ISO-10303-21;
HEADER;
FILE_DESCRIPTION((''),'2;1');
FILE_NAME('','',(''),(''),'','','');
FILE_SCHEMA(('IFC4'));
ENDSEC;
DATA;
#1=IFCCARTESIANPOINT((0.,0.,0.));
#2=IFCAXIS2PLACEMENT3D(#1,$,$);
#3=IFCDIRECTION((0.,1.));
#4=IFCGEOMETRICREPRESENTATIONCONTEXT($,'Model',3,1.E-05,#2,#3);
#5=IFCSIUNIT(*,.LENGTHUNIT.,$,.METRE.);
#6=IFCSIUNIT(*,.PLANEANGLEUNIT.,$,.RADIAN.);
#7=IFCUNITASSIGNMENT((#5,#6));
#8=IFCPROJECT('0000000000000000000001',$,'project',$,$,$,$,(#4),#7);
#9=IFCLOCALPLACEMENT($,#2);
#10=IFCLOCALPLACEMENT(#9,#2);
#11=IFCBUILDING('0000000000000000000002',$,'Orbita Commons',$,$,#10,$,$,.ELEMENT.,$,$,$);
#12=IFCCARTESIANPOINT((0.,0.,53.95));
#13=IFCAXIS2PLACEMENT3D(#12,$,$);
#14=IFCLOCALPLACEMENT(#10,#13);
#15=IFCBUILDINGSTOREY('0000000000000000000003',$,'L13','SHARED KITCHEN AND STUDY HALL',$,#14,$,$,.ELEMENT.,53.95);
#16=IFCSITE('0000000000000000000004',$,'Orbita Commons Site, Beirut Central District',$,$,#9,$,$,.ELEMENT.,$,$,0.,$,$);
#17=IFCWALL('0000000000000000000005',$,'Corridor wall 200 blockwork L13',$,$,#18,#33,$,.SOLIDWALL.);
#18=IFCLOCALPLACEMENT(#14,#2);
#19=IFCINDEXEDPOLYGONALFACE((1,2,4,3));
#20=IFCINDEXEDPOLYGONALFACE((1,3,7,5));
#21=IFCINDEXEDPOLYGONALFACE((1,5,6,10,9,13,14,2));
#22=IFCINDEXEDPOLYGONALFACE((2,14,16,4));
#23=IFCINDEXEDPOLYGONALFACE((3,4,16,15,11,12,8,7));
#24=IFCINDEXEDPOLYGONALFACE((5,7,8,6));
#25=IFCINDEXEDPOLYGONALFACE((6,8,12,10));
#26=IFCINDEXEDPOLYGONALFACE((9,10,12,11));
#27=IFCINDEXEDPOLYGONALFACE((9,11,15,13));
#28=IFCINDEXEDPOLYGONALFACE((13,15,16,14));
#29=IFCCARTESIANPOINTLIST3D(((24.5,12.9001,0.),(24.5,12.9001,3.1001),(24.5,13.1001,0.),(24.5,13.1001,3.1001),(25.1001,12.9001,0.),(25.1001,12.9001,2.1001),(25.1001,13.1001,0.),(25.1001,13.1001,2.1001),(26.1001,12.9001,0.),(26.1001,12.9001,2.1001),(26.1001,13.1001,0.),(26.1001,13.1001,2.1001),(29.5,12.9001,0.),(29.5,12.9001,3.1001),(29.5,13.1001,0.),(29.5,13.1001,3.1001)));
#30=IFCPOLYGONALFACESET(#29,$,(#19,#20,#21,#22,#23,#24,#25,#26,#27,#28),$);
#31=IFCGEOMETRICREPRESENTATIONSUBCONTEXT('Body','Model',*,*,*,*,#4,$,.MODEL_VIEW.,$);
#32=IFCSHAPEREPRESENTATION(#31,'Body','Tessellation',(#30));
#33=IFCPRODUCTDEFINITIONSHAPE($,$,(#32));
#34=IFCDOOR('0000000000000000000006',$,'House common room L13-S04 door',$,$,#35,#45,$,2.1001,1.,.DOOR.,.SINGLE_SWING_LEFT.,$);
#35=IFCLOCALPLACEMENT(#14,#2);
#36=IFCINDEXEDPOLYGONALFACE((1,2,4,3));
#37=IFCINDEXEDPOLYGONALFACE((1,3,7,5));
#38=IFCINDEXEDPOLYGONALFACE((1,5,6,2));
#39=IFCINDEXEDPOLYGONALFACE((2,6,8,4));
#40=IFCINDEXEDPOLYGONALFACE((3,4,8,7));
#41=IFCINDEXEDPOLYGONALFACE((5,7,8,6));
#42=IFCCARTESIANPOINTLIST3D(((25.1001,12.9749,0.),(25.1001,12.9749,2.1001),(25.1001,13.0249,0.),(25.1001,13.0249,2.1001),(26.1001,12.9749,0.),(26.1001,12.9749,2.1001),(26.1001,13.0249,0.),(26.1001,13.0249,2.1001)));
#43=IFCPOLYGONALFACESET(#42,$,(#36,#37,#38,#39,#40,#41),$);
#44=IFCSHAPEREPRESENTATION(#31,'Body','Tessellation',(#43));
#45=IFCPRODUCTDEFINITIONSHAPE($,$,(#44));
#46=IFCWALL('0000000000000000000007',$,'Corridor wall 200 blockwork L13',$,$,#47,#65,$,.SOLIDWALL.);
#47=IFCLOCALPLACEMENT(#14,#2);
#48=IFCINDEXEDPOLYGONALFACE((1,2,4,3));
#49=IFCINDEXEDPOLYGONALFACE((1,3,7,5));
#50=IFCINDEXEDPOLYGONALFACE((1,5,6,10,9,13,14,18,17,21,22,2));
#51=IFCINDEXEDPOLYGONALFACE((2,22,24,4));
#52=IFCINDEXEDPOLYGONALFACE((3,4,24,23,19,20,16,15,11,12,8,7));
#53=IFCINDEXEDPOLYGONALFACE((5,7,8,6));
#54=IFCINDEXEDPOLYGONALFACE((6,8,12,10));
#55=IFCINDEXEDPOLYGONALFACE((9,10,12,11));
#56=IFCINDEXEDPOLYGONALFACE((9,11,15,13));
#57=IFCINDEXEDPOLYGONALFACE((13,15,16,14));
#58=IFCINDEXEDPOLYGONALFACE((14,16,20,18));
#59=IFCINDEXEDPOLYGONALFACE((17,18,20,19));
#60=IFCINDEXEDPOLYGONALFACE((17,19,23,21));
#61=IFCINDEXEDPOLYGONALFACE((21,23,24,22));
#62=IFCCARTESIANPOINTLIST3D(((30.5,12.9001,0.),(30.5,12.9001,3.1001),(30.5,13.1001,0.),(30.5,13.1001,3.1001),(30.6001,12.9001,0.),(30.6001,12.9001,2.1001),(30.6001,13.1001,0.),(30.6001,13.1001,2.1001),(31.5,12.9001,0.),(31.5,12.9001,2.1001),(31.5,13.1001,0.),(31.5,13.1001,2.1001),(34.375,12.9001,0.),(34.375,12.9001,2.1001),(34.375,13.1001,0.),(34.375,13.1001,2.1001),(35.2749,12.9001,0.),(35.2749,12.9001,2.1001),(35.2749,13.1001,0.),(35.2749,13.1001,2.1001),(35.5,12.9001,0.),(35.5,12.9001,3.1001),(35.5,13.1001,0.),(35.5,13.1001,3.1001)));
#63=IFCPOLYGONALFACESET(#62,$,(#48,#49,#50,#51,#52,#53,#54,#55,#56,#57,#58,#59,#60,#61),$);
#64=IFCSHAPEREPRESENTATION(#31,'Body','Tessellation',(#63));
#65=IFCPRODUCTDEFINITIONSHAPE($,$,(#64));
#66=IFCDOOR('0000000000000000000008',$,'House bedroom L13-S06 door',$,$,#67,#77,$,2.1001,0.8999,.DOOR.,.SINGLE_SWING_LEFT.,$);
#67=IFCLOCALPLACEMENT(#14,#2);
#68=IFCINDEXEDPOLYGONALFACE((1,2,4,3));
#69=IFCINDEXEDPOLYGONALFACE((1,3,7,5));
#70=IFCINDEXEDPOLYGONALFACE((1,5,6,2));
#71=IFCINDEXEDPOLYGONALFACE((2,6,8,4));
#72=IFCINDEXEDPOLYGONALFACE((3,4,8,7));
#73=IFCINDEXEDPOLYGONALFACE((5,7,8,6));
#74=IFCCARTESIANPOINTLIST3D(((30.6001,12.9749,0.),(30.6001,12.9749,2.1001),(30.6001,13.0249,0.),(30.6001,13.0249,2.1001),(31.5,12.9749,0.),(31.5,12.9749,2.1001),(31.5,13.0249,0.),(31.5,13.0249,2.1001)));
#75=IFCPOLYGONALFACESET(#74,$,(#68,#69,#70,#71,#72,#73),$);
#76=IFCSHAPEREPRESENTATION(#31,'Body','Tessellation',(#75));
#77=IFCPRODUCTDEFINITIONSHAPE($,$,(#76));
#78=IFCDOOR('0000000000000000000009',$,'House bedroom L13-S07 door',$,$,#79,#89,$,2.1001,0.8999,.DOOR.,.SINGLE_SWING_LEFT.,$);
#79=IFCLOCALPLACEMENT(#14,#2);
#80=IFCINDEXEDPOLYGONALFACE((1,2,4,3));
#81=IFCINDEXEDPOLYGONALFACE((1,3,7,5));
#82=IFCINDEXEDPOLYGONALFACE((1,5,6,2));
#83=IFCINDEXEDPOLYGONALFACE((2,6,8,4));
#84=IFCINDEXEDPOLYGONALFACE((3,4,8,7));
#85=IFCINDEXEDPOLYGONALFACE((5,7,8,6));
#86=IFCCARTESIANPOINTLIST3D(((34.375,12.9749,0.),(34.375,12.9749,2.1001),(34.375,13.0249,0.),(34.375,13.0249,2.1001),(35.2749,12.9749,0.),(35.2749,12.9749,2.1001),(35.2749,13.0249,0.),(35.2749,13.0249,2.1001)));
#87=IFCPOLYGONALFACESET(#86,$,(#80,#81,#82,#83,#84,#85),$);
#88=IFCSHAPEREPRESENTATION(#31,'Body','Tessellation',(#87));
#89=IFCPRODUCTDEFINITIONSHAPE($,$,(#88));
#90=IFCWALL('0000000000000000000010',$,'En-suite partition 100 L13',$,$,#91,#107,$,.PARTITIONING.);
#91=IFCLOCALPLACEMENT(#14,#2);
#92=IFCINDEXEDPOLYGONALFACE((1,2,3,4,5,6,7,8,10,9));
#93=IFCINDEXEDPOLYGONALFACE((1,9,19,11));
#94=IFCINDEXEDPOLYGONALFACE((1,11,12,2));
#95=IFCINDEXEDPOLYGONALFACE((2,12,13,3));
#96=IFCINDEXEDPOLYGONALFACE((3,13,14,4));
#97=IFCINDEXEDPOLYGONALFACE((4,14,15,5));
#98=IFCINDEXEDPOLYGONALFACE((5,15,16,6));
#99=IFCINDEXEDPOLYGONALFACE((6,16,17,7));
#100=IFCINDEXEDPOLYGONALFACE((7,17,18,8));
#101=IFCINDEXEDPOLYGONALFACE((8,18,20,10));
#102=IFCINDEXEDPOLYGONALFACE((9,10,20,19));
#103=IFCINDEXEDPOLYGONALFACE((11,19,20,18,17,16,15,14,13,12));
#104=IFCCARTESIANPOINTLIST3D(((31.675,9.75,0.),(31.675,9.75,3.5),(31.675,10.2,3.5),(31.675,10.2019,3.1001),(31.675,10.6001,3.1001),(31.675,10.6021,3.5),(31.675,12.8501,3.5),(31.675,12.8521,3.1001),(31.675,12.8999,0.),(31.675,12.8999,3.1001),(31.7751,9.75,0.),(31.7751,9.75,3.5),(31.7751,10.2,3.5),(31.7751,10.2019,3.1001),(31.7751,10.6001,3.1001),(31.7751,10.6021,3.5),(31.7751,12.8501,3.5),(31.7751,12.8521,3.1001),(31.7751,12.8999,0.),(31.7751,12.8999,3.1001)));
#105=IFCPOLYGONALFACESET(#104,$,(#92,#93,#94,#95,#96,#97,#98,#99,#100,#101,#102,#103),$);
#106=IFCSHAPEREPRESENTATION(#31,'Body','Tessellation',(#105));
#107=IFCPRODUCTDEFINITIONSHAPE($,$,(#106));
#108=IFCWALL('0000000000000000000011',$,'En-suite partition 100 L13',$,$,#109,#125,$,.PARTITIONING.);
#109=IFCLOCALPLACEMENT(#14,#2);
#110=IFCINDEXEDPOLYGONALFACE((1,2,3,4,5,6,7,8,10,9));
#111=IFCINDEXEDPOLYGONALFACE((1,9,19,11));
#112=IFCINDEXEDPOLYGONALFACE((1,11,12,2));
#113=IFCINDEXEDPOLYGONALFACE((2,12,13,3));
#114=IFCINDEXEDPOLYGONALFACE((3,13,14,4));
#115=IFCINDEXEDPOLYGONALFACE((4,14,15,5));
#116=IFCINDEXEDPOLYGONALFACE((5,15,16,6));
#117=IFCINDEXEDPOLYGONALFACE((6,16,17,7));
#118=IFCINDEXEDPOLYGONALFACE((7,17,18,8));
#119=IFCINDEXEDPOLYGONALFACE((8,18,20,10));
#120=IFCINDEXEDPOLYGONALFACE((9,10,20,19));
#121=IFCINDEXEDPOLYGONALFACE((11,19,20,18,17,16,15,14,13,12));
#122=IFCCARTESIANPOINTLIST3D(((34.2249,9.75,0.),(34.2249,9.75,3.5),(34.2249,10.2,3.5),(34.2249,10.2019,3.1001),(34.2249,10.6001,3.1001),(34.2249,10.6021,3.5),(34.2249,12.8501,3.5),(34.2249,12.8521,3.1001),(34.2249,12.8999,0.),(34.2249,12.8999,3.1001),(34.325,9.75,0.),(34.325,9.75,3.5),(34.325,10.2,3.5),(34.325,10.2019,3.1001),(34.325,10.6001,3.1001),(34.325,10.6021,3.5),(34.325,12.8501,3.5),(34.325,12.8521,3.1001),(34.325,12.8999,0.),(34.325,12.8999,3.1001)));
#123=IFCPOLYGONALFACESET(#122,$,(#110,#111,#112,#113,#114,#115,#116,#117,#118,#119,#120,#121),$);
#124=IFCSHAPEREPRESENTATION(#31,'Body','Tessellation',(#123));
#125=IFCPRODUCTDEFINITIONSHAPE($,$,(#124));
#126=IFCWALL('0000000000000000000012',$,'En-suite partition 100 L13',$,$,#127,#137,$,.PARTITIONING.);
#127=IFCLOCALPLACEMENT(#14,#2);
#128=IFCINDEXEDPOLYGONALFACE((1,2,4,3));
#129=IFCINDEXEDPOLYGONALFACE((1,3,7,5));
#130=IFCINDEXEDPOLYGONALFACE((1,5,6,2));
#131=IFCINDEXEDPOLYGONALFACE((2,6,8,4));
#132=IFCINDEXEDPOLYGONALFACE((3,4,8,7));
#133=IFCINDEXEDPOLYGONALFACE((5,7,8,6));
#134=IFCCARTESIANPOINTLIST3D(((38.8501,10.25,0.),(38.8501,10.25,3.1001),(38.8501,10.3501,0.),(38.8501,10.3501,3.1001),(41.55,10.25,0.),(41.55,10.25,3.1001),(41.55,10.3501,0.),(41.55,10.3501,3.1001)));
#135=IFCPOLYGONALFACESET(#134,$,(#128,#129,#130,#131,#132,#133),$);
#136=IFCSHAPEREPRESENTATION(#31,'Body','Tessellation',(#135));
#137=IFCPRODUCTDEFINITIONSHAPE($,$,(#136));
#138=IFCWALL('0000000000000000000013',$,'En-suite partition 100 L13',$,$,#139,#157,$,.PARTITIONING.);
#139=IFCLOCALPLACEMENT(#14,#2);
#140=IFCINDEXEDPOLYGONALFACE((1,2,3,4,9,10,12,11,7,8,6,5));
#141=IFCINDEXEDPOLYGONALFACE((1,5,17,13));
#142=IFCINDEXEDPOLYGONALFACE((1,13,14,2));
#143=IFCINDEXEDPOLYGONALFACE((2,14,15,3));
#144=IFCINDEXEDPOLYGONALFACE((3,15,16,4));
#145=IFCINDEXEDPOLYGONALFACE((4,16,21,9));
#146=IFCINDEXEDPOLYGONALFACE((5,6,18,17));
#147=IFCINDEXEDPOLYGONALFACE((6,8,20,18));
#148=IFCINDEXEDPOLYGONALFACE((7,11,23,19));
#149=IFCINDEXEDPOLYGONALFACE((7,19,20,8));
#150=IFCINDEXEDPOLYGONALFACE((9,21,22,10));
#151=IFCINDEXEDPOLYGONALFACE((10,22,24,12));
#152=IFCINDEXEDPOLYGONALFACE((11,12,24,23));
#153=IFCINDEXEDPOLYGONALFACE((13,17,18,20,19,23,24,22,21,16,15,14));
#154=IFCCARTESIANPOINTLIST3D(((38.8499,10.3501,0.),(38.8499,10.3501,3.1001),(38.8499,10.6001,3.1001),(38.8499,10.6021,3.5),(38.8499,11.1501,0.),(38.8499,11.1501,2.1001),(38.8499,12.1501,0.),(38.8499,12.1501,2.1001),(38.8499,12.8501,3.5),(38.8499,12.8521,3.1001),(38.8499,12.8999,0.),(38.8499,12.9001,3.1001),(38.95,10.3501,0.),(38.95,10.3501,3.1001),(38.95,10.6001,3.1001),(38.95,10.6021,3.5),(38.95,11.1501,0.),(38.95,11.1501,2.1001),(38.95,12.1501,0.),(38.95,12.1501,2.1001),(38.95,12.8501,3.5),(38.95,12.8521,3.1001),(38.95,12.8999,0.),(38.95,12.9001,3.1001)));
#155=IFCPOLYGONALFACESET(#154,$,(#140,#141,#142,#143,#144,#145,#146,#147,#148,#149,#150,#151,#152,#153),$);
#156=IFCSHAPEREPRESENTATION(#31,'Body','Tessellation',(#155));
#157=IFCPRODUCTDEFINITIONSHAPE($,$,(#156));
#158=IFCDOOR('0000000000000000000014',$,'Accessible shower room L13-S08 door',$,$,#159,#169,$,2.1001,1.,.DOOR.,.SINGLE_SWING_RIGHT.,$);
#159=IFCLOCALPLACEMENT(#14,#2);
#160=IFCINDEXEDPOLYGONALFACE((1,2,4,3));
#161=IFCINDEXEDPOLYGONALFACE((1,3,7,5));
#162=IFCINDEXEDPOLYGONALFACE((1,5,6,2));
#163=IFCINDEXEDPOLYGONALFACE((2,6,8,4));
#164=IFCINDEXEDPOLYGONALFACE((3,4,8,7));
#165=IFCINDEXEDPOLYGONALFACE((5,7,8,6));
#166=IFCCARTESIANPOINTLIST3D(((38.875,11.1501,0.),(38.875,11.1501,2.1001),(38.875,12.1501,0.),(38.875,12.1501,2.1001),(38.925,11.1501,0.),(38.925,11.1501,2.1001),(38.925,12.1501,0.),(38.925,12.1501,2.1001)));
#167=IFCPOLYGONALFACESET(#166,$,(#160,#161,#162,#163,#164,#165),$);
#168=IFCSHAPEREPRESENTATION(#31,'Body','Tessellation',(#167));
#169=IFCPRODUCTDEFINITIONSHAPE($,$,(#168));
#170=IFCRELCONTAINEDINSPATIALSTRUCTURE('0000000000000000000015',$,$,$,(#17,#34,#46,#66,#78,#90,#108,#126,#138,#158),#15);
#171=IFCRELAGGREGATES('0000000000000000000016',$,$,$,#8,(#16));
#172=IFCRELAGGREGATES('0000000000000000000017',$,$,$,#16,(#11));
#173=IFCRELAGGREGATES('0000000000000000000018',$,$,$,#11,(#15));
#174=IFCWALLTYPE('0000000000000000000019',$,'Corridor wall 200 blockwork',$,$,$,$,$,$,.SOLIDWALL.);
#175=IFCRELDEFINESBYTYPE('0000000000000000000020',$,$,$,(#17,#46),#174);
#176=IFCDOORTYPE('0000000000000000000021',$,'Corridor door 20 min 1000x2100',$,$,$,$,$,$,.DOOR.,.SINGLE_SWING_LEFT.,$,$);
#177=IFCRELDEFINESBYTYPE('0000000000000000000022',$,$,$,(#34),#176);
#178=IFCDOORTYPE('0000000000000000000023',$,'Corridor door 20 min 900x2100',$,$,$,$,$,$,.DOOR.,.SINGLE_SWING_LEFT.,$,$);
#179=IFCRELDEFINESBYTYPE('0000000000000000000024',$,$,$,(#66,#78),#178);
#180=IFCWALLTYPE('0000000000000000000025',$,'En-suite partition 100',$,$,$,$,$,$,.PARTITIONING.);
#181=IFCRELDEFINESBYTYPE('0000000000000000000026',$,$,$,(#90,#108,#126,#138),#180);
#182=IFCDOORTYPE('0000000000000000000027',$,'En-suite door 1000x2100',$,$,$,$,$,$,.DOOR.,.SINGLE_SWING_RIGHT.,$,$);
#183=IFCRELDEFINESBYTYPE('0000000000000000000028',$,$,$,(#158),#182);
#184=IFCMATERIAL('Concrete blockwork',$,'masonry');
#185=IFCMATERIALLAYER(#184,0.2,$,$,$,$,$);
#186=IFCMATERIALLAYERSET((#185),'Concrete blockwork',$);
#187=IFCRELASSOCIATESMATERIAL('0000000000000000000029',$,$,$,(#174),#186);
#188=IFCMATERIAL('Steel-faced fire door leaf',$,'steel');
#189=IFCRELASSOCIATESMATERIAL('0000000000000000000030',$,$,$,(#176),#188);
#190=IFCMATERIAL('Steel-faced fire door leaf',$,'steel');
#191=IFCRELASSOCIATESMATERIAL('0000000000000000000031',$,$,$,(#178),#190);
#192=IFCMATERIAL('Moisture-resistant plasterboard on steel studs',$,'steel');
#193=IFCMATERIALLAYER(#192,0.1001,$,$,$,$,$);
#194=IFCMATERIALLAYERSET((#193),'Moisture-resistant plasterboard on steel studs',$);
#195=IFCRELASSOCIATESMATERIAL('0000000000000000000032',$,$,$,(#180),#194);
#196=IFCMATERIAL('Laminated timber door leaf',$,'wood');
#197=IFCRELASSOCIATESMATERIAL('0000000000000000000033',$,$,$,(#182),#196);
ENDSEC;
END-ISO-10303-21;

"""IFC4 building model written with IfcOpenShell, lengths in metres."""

from ifc_helpers import new_model, si_unit, direction, frame, frame_2d, origin, place, context, subcontext, project, spatial, polyline, rectangle, outline, extrude, material, layer, layer_set, type_object, element, fill, save


model = new_model("IFC4")

# Units and contexts
model_context = context("Model", 3, precision=1e-05, world=origin(), true_north=direction((0.0, 1.0)))
body_context = subcontext(model_context, "Body", "Model", "MODEL_VIEW")
ifc_project = project(units=[si_unit("LENGTHUNIT", "METRE"), si_unit("PLANEANGLEUNIT", "RADIAN")], contexts=[model_context])

# Site, building, storey
site_placement = place(None, origin())
site = spatial("IfcSite", under=ifc_project, at=site_placement, Name="Orbita Commons Site, Beirut Central District", CompositionType="ELEMENT", RefElevation=0.0)
building_placement = place(site_placement, origin())
building = spatial("IfcBuilding", under=site, at=building_placement, Name="Orbita Commons", CompositionType="ELEMENT")
storey_placement = place(building_placement, frame((0.0, 0.0, 53.95)))
storey = spatial("IfcBuildingStorey", under=building, at=storey_placement, Name="L13", Description="SHARED KITCHEN AND STUDY HALL", CompositionType="ELEMENT", Elevation=53.95)

# Wall, opening, door
ifc_material_1 = material(Name="Concrete blockwork", Category="masonry")
ifc_layer_1 = layer(ifc_material_1, 0.2)
ifc_layer_set_1 = layer_set([ifc_layer_1], Name="Concrete blockwork")
wall_type_1 = type_object("IfcWallType", Name="Corridor wall 200 blockwork", PredefinedType="SOLIDWALL", material=ifc_layer_set_1)
wall_1_placement = place(storey_placement, frame((24.5, 13.0, 0.0), z_axis=(0.0, 0.0, 1.0), x_axis=(1.0, 0.0, 0.0)))
wall_1 = element("IfcWall", 1, at=wall_1_placement, inside=storey, type_object=wall_type_1, Name="Corridor wall 200 blockwork L13", PredefinedType="SOLIDWALL", context=body_context, shape_type="SweptSolid", body=[
    extrude(outline(polyline([(0.0, 0.0), (5.0, 0.0), (5.0, 3.1001), (0.0, 3.1001), (0.0, 0.0)])), frame((0.0, 0.1001, 0.0), z_axis=(0.0, -1.0, 0.0), x_axis=(1.0, 0.0, 0.0)), (0.0, 0.0, 1.0), 0.2),
])
opening_1_placement = place(wall_1_placement, frame((0.6001, 0.0, 0.0)))
opening_1 = element("IfcOpeningElement", 2, at=opening_1_placement, cuts=wall_1, PredefinedType="OPENING", context=body_context, shape_type="SweptSolid", body=[
    extrude(rectangle(XDim=1.0, YDim=2.1001, at=frame_2d((0.5, 1.05))), frame((0.0, 0.1099, 0.0), z_axis=(0.0, -1.0, 0.0), x_axis=(1.0, 0.0, 0.0)), (0.0, 0.0, 1.0), 0.22),
])
ifc_material_2 = material(Name="Steel-faced fire door leaf", Category="steel")
door_type_1 = type_object("IfcDoorType", Name="Corridor door 20 min 1000x2100", OperationType="SINGLE_SWING_LEFT", PredefinedType="DOOR", material=ifc_material_2)
door_1_placement = place(opening_1_placement, origin())
door_1 = element("IfcDoor", 3, at=door_1_placement, inside=storey, type_object=door_type_1, Name="House common room L13-S04 door", OperationType="SINGLE_SWING_LEFT", OverallHeight=2.1001, OverallWidth=1.0, PredefinedType="DOOR", context=body_context, shape_type="SweptSolid", body=[
    extrude(rectangle(XDim=1.0, YDim=2.1001, at=frame_2d((0.5, 1.05))), frame((0.0, 0.0249, 0.0), z_axis=(0.0, -1.0, 0.0), x_axis=(1.0, 0.0, 0.0)), (0.0, 0.0, 1.0), 0.05),
])
fill(opening_1, door_1)

# Wall, openings, doors
wall_2_placement = place(storey_placement, frame((30.5, 13.0, 0.0), z_axis=(0.0, 0.0, 1.0), x_axis=(1.0, 0.0, 0.0)))
wall_2 = element("IfcWall", 4, at=wall_2_placement, inside=storey, type_object=wall_type_1, Name="Corridor wall 200 blockwork L13", PredefinedType="SOLIDWALL", context=body_context, shape_type="SweptSolid", body=[
    extrude(outline(polyline([(0.0, 0.0), (5.0, 0.0), (5.0, 3.1001), (0.0, 3.1001), (0.0, 0.0)])), frame((0.0, 0.1001, 0.0), z_axis=(0.0, -1.0, 0.0), x_axis=(1.0, 0.0, 0.0)), (0.0, 0.0, 1.0), 0.2),
])
opening_2_placement = place(wall_2_placement, frame((0.1001, 0.0, 0.0)))
opening_2 = element("IfcOpeningElement", 5, at=opening_2_placement, cuts=wall_2, PredefinedType="OPENING", context=body_context, shape_type="SweptSolid", body=[
    extrude(rectangle(XDim=0.8999, YDim=2.1001, at=frame_2d((0.45, 1.05))), frame((0.0, 0.1099, 0.0), z_axis=(0.0, -1.0, 0.0), x_axis=(1.0, 0.0, 0.0)), (0.0, 0.0, 1.0), 0.22),
])
opening_3_placement = place(wall_2_placement, frame((3.875, 0.0, 0.0)))
opening_3 = element("IfcOpeningElement", 6, at=opening_3_placement, cuts=wall_2, PredefinedType="OPENING", context=body_context, shape_type="SweptSolid", body=[
    extrude(rectangle(XDim=0.8999, YDim=2.1001, at=frame_2d((0.45, 1.05))), frame((0.0, 0.1099, 0.0), z_axis=(0.0, -1.0, 0.0), x_axis=(1.0, 0.0, 0.0)), (0.0, 0.0, 1.0), 0.22),
])
ifc_material_3 = material(Name="Steel-faced fire door leaf", Category="steel")
door_type_2 = type_object("IfcDoorType", Name="Corridor door 20 min 900x2100", OperationType="SINGLE_SWING_LEFT", PredefinedType="DOOR", material=ifc_material_3)
door_2_placement = place(opening_2_placement, origin())
door_2 = element("IfcDoor", 7, at=door_2_placement, inside=storey, type_object=door_type_2, Name="House bedroom L13-S06 door", OperationType="SINGLE_SWING_LEFT", OverallHeight=2.1001, OverallWidth=0.8999, PredefinedType="DOOR", context=body_context, shape_type="SweptSolid", body=[
    extrude(rectangle(XDim=0.8999, YDim=2.1001, at=frame_2d((0.45, 1.05))), frame((0.0, 0.0249, 0.0), z_axis=(0.0, -1.0, 0.0), x_axis=(1.0, 0.0, 0.0)), (0.0, 0.0, 1.0), 0.05),
])
fill(opening_2, door_2)
door_3_placement = place(opening_3_placement, origin())
door_3 = element("IfcDoor", 8, at=door_3_placement, inside=storey, type_object=door_type_2, Name="House bedroom L13-S07 door", OperationType="SINGLE_SWING_LEFT", OverallHeight=2.1001, OverallWidth=0.8999, PredefinedType="DOOR", context=body_context, shape_type="SweptSolid", body=[
    extrude(rectangle(XDim=0.8999, YDim=2.1001, at=frame_2d((0.45, 1.05))), frame((0.0, 0.0249, 0.0), z_axis=(0.0, -1.0, 0.0), x_axis=(1.0, 0.0, 0.0)), (0.0, 0.0, 1.0), 0.05),
])
fill(opening_3, door_3)

# Walls
ifc_material_4 = material(Name="Moisture-resistant plasterboard on steel studs", Category="steel")
ifc_layer_2 = layer(ifc_material_4, 0.1001)
ifc_layer_set_2 = layer_set([ifc_layer_2], Name="Moisture-resistant plasterboard on steel studs")
wall_type_2 = type_object("IfcWallType", Name="En-suite partition 100", PredefinedType="PARTITIONING", material=ifc_layer_set_2)
for number, where, z_axis, x_axis, name in (
    (9, (31.7251, 9.75, 0.0), (0.0, 0.0, 1.0), (0.0, 1.0, 0.0), "En-suite partition 100 L13"),
    (10, (34.2749, 9.75, 0.0), (0.0, 0.0, 1.0), (0.0, 1.0, 0.0), "En-suite partition 100 L13"),
):
    element("IfcWall", number, at=place(storey_placement, frame(where, z_axis=z_axis, x_axis=x_axis)), inside=storey, type_object=wall_type_2, Name=name, PredefinedType="PARTITIONING", context=body_context, shape_type="SweptSolid", body=[
        extrude(outline(polyline([(0.0, 0.0), (3.1499, 0.0), (3.1499, 3.1001), (3.1021, 3.1001), (3.1001, 3.5), (0.8521, 3.5), (0.8501, 3.1001), (0.4519, 3.1001), (0.45, 3.5), (0.0, 3.5), (0.0, 0.0)])), frame((0.0, 0.05, 0.0), z_axis=(0.0, -1.0, 0.0), x_axis=(1.0, 0.0, 0.0)), (0.0, 0.0, 1.0), 0.1001),
    ])
wall_3_placement = place(storey_placement, frame((38.8501, 10.3, 0.0), z_axis=(0.0, 0.0, 1.0), x_axis=(1.0, 0.0, 0.0)))
element("IfcWall", 11, at=wall_3_placement, inside=storey, type_object=wall_type_2, Name="En-suite partition 100 L13", PredefinedType="PARTITIONING", context=body_context, shape_type="SweptSolid", body=[
    extrude(outline(polyline([(0.0, 0.0), (2.7, 0.0), (2.7, 3.1001), (0.0, 3.1001), (0.0, 0.0)])), frame((0.0, 0.05, 0.0), z_axis=(0.0, -1.0, 0.0), x_axis=(1.0, 0.0, 0.0)), (0.0, 0.0, 1.0), 0.1001),
])

# Wall, opening, door
wall_4_placement = place(storey_placement, frame((38.8999, 10.3501, 0.0), z_axis=(0.0, 0.0, 1.0), x_axis=(0.0, 1.0, 0.0)))
wall_4 = element("IfcWall", 12, at=wall_4_placement, inside=storey, type_object=wall_type_2, Name="En-suite partition 100 L13", PredefinedType="PARTITIONING", context=body_context, shape_type="SweptSolid", body=[
    extrude(outline(polyline([(0.0, 0.0), (2.5498, 0.0), (2.55, 3.1001), (2.502, 3.1001), (2.5, 3.5), (0.252, 3.5), (0.25, 3.1001), (0.0, 3.1001), (0.0, 0.0)])), frame((0.0, 0.05, 0.0), z_axis=(0.0, -1.0, 0.0), x_axis=(1.0, 0.0, 0.0)), (0.0, 0.0, 1.0), 0.1001),
])
opening_4_placement = place(wall_4_placement, frame((0.8, 0.0, 0.0)))
opening_4 = element("IfcOpeningElement", 13, at=opening_4_placement, cuts=wall_4, PredefinedType="OPENING", context=body_context, shape_type="SweptSolid", body=[
    extrude(rectangle(XDim=1.0, YDim=2.1001, at=frame_2d((0.5, 1.05))), frame((0.0, 0.0601, 0.0), z_axis=(0.0, -1.0, 0.0), x_axis=(1.0, 0.0, 0.0)), (0.0, 0.0, 1.0), 0.1201),
])
ifc_material_5 = material(Name="Laminated timber door leaf", Category="wood")
door_type_3 = type_object("IfcDoorType", Name="En-suite door 1000x2100", OperationType="SINGLE_SWING_RIGHT", PredefinedType="DOOR", material=ifc_material_5)
door_4_placement = place(opening_4_placement, origin())
door_4 = element("IfcDoor", 14, at=door_4_placement, inside=storey, type_object=door_type_3, Name="Accessible shower room L13-S08 door", OperationType="SINGLE_SWING_RIGHT", OverallHeight=2.1001, OverallWidth=1.0, PredefinedType="DOOR", context=body_context, shape_type="SweptSolid", body=[
    extrude(rectangle(XDim=1.0, YDim=2.1001, at=frame_2d((0.5, 1.05))), frame((0.0, 0.0249, 0.0), z_axis=(0.0, -1.0, 0.0), x_axis=(1.0, 0.0, 0.0)), (0.0, 0.0, 1.0), 0.05),
])
fill(opening_4, door_4)

save(model, "model.ifc")
